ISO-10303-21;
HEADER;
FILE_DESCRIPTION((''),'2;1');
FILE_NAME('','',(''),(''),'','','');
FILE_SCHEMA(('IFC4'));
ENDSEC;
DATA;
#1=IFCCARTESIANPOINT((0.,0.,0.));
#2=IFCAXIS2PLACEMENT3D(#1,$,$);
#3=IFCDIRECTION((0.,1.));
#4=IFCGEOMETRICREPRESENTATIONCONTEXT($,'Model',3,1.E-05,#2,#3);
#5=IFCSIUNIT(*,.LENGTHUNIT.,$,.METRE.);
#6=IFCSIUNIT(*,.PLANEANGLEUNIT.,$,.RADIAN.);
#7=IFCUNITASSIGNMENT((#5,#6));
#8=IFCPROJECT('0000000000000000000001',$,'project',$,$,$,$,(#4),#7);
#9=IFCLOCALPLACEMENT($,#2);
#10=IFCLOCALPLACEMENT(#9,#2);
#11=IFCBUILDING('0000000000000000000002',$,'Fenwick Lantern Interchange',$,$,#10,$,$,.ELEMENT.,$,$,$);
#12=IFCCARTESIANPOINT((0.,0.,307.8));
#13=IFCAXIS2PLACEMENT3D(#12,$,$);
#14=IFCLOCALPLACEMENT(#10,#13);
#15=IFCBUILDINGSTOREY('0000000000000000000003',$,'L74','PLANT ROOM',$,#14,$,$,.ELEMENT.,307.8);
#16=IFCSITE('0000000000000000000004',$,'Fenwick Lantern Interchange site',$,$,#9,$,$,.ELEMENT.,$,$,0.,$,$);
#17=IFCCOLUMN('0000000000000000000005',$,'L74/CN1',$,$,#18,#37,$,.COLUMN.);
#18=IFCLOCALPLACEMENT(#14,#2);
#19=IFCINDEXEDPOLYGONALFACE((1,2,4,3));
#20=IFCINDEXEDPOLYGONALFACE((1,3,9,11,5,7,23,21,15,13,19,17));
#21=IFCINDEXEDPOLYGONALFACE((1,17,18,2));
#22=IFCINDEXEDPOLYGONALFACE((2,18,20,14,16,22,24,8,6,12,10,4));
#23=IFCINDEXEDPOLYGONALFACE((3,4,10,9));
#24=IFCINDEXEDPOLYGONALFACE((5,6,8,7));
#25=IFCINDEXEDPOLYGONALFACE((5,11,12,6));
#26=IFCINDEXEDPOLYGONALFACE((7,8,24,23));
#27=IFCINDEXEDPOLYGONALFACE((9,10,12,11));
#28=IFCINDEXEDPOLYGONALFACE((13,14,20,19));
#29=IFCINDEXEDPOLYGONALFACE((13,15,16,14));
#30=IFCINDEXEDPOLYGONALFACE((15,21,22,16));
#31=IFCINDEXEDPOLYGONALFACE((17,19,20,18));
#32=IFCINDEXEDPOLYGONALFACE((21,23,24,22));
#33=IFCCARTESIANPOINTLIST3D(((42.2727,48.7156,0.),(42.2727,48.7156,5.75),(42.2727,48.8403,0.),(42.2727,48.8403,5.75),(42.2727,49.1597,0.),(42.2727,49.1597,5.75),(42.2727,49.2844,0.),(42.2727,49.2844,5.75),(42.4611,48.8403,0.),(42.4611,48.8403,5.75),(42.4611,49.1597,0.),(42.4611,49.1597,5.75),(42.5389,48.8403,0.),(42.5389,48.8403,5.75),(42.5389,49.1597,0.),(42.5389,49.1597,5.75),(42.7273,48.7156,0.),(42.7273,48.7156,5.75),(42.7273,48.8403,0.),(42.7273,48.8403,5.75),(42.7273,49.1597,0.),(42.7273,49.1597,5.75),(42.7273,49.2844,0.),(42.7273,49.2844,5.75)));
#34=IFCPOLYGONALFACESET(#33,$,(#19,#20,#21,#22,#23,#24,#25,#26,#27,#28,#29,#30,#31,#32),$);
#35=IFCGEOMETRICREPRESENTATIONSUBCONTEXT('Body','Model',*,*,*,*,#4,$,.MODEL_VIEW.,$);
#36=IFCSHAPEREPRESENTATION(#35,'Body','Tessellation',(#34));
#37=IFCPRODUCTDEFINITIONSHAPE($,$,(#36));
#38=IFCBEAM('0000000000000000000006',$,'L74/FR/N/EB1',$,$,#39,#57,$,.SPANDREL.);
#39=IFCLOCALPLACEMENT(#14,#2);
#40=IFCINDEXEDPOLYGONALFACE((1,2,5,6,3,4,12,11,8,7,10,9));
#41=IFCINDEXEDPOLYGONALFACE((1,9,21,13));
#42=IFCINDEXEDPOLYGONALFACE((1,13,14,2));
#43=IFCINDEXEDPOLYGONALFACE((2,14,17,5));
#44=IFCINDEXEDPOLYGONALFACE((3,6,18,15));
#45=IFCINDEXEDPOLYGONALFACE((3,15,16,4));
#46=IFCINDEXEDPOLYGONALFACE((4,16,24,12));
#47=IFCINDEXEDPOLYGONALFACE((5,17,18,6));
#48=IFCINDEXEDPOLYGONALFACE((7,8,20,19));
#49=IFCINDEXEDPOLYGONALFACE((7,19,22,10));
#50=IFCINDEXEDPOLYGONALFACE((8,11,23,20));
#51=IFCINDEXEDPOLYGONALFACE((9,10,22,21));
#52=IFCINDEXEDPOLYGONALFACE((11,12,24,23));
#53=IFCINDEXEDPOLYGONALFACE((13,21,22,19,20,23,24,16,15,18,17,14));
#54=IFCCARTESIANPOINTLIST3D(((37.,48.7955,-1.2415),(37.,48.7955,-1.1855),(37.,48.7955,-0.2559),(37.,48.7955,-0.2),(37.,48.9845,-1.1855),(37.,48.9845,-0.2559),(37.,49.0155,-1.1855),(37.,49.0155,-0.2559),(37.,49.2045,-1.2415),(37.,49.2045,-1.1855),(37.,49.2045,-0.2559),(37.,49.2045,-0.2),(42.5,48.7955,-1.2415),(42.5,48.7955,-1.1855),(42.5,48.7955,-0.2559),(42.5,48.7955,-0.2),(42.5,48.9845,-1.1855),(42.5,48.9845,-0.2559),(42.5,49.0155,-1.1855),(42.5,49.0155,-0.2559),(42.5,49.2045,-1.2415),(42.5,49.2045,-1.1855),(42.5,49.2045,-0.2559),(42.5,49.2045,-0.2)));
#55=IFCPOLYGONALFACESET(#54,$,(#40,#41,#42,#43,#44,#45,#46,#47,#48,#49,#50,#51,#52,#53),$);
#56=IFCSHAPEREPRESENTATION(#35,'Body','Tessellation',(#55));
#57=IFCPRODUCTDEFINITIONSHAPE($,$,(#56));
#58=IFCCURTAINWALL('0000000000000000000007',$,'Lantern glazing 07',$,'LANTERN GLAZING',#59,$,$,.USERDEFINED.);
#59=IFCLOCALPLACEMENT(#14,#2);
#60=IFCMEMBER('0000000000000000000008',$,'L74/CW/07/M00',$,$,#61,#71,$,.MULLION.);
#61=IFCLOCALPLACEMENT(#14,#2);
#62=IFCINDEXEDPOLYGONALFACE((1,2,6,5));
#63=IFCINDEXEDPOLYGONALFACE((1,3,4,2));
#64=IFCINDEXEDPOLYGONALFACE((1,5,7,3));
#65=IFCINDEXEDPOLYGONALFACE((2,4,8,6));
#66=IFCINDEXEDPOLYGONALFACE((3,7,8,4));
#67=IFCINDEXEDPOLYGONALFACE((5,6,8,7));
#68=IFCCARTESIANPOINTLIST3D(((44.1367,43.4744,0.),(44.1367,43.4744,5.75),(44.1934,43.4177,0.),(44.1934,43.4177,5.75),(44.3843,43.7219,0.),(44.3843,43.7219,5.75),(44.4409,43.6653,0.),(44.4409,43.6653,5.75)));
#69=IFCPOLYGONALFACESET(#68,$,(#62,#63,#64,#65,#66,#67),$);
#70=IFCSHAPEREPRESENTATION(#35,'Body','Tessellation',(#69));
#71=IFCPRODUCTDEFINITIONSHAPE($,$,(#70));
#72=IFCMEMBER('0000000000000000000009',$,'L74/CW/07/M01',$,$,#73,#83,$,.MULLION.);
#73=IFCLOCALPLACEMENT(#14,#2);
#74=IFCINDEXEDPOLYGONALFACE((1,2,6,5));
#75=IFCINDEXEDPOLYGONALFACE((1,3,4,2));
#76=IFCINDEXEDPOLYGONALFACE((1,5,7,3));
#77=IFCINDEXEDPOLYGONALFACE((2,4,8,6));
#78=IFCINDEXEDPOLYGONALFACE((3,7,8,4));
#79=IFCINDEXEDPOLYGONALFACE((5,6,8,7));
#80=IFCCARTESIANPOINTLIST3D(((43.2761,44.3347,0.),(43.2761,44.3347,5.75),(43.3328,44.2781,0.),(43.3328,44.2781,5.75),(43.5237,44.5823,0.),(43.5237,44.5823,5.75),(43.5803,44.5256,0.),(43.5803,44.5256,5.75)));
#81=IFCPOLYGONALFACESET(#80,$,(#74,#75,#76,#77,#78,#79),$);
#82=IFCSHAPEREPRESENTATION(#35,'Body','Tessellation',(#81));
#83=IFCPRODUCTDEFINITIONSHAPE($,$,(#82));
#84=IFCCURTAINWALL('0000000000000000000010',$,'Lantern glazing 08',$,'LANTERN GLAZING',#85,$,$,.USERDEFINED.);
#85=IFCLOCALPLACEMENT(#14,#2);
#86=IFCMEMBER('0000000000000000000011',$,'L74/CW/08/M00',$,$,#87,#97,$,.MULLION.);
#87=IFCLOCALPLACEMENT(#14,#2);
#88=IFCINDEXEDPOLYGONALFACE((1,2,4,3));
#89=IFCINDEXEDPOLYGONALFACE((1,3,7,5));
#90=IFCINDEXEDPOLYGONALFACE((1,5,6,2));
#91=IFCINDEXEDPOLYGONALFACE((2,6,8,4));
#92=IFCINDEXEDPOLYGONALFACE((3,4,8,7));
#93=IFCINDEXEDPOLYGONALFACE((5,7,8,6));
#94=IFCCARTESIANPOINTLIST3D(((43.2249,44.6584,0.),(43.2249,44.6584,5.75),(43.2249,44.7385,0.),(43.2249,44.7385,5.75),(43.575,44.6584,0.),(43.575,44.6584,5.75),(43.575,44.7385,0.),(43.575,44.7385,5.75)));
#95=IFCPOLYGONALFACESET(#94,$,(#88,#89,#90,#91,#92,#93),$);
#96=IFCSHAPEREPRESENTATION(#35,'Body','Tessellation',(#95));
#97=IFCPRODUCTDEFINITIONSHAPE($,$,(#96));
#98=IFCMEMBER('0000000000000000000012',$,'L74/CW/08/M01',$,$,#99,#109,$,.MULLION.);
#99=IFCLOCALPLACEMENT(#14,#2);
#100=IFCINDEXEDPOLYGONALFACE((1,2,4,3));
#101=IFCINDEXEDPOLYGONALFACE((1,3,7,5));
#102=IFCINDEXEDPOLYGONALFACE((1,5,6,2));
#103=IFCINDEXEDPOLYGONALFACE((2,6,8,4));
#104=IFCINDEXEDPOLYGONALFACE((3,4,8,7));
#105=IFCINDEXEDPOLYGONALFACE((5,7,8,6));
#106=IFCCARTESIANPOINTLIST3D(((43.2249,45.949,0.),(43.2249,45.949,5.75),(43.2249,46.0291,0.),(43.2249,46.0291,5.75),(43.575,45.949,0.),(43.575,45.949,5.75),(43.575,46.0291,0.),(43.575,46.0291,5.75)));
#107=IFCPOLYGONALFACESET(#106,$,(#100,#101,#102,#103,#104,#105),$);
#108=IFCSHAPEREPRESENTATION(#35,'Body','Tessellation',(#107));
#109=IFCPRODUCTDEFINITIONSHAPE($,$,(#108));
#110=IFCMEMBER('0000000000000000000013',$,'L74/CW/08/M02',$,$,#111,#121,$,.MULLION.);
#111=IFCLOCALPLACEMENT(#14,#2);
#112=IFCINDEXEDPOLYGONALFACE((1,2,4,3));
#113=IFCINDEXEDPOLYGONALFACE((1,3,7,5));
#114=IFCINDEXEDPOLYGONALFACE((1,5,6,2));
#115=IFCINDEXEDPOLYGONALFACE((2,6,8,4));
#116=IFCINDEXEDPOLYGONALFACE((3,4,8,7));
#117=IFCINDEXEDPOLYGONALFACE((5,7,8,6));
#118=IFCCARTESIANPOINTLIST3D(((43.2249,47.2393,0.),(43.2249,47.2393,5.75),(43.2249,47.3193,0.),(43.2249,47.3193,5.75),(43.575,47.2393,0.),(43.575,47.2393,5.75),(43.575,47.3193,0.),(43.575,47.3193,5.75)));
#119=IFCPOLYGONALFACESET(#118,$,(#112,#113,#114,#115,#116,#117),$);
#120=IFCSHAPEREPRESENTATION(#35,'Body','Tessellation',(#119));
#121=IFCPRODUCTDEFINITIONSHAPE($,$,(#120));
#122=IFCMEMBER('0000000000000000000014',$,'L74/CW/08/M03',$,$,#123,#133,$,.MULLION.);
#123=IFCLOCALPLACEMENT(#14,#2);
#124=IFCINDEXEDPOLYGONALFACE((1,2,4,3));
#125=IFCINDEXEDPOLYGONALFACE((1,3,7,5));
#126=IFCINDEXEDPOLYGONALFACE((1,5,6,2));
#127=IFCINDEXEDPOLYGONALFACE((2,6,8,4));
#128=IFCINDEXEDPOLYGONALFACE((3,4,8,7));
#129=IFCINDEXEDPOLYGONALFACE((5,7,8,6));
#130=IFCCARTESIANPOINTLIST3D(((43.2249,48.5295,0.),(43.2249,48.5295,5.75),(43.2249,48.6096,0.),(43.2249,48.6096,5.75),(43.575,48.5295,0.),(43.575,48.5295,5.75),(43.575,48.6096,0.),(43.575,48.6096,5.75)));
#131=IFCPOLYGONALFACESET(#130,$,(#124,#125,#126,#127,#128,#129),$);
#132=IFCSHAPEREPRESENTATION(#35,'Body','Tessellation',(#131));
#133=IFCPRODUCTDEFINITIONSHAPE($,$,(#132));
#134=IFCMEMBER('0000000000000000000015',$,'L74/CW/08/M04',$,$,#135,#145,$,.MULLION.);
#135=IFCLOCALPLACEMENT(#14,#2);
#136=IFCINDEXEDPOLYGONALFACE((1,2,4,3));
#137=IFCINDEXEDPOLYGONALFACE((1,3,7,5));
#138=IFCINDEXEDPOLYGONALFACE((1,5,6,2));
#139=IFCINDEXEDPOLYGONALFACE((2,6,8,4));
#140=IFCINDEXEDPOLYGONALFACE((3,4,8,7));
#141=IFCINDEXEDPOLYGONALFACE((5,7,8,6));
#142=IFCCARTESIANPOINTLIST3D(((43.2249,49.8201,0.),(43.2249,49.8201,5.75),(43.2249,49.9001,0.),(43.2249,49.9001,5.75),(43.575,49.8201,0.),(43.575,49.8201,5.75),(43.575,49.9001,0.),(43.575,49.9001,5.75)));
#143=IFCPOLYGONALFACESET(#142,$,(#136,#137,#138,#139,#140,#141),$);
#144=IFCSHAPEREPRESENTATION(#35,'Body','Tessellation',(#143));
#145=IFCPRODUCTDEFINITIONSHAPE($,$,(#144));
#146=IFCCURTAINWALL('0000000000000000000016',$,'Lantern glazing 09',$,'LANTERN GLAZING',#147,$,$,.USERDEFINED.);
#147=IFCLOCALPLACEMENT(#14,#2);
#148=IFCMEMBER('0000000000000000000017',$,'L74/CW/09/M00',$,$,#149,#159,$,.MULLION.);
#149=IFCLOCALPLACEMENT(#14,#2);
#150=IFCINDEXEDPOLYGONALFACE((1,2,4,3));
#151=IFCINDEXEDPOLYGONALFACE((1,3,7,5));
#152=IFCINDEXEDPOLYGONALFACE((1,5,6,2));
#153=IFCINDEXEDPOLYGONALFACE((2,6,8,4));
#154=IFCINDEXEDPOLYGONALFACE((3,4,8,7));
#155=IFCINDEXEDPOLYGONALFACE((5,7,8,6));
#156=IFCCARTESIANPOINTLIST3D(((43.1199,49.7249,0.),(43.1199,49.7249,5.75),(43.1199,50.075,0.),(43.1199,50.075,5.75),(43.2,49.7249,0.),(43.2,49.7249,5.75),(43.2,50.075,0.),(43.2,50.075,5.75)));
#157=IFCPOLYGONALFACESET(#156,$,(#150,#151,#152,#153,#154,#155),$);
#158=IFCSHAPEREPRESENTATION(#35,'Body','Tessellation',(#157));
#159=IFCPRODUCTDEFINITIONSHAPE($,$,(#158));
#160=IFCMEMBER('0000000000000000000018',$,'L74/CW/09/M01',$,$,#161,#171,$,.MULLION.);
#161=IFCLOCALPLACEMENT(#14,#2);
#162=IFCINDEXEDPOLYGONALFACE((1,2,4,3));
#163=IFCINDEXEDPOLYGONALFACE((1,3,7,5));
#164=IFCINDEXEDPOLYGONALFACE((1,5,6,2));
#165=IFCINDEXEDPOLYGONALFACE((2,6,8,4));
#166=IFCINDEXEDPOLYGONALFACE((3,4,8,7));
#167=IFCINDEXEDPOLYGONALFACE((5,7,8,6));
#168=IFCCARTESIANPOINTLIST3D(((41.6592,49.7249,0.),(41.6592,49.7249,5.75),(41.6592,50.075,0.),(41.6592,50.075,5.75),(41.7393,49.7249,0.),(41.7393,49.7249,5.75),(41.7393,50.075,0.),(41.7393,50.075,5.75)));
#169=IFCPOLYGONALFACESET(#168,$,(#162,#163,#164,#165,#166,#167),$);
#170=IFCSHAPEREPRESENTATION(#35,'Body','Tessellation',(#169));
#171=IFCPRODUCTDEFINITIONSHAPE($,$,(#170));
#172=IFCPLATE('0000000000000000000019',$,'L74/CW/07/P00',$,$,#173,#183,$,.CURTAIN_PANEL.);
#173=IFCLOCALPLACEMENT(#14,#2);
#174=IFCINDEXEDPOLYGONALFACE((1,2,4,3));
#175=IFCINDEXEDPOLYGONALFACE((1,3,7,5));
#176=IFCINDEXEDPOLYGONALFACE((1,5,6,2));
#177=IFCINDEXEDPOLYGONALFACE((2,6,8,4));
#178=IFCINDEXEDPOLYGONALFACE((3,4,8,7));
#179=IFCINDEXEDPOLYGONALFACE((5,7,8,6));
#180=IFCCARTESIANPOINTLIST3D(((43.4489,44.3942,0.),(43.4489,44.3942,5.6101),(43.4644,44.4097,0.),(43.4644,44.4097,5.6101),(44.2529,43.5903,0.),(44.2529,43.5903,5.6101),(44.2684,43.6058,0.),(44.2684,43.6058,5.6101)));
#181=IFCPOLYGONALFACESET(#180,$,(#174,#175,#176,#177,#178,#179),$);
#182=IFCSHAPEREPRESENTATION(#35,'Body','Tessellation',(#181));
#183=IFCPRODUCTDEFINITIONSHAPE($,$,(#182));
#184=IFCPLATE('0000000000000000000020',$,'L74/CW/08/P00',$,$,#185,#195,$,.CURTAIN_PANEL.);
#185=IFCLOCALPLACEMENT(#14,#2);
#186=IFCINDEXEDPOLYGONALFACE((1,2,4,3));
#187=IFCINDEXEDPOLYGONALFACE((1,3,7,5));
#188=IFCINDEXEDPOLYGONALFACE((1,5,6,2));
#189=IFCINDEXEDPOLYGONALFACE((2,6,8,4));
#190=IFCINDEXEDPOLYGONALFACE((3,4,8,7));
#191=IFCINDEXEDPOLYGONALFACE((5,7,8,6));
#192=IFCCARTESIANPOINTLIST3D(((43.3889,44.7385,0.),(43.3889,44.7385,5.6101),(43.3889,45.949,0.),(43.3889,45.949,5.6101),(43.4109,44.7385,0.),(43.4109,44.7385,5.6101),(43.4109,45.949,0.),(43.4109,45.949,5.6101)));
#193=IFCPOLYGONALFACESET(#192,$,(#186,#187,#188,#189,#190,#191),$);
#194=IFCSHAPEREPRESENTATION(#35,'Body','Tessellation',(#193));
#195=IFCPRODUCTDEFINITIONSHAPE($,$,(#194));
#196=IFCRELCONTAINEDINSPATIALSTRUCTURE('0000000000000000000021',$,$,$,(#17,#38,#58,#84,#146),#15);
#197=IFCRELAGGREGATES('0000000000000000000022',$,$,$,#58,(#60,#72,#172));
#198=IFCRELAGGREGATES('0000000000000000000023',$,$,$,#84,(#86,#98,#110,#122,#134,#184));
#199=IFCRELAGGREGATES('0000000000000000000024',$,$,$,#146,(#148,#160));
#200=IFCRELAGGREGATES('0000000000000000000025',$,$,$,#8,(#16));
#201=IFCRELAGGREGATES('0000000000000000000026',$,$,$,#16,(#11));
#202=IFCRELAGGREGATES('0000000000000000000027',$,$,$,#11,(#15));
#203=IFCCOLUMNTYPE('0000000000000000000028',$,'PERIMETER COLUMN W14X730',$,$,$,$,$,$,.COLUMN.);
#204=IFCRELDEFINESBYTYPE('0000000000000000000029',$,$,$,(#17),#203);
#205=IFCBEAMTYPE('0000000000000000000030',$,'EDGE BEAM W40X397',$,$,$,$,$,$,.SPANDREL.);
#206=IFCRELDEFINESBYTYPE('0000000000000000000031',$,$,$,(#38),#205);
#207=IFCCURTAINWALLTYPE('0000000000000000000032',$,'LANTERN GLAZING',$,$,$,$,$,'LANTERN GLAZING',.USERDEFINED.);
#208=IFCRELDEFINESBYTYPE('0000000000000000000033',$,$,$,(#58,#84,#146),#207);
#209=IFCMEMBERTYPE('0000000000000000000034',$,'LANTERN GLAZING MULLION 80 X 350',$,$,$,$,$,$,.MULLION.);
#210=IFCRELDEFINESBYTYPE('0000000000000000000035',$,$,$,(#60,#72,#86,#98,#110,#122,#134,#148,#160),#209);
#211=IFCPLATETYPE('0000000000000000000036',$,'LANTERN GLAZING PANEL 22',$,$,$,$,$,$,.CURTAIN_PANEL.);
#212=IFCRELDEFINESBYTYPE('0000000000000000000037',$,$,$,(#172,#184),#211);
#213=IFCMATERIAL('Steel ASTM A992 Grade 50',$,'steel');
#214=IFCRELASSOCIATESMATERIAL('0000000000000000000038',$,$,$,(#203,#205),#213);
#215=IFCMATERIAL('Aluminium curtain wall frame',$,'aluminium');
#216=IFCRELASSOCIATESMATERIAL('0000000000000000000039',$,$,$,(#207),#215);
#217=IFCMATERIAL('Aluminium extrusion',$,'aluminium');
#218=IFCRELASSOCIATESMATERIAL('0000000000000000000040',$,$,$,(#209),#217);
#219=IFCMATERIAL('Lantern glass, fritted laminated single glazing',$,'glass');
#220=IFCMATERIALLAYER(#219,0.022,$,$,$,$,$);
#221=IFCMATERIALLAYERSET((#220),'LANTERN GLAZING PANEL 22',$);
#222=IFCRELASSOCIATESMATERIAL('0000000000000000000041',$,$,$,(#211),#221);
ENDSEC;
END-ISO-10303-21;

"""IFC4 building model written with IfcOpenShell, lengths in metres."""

from ifc_helpers import new_model, si_unit, direction, frame, origin, origin_2d, place, context, subcontext, project, spatial, rectangle, i_section, extrude, material, layer, layer_set, material_profile, profile_set, type_object, element, aggregate, save


model = new_model("IFC4")

# Units and contexts
model_context = context("Model", 3, precision=1e-05, world=origin(), true_north=direction((0.0, 1.0)))
body_context = subcontext(model_context, "Body", "Model", "MODEL_VIEW")
ifc_project = project(units=[si_unit("LENGTHUNIT", "METRE"), si_unit("PLANEANGLEUNIT", "RADIAN")], contexts=[model_context])

# Site, building, storey
site_placement = place(None, origin())
site = spatial("IfcSite", under=ifc_project, at=site_placement, Name="Fenwick Lantern Interchange site", CompositionType="ELEMENT", RefElevation=0.0)
building_placement = place(site_placement, origin())
building = spatial("IfcBuilding", under=site, at=building_placement, Name="Fenwick Lantern Interchange", CompositionType="ELEMENT")
storey_placement = place(building_placement, frame((0.0, 0.0, 307.8)))
storey = spatial("IfcBuildingStorey", under=building, at=storey_placement, Name="L74", Description="PLANT ROOM", CompositionType="ELEMENT", Elevation=307.8)

# Column
ifc_material_1 = material(Name="Steel ASTM A992 Grade 50", Category="steel")
ifc_material_profile_1 = material_profile(ifc_material_1, i_section(OverallWidth=0.4546, OverallDepth=0.5688, WebThickness=0.0779, FlangeThickness=0.1248, at=origin_2d()), Name="W14X730")
ifc_profile_set_1 = profile_set([ifc_material_profile_1], Name="Steel ASTM A992 Grade 50")
column_type = type_object("IfcColumnType", Name="PERIMETER COLUMN W14X730", PredefinedType="COLUMN", material=ifc_profile_set_1)
column_placement = place(storey_placement, frame((42.5, 49.0, 0.0), z_axis=(0.0, 0.0, 1.0), x_axis=(1.0, 0.0, 0.0)))
element("IfcColumn", 1, at=column_placement, inside=storey, type_object=column_type, Name="L74/CN1", PredefinedType="COLUMN", context=body_context, shape_type="SweptSolid", body=[
    extrude(i_section(OverallWidth=0.4546, OverallDepth=0.5688, WebThickness=0.0779, FlangeThickness=0.1248, at=origin_2d()), origin(), (0.0, 0.0, 1.0), 5.75),
])

# Beam
ifc_material_profile_2 = material_profile(ifc_material_1, i_section(OverallWidth=0.4089, OverallDepth=1.0415, WebThickness=0.031, FlangeThickness=0.0559, at=origin_2d()), Name="W40X397")
ifc_profile_set_2 = profile_set([ifc_material_profile_2], Name="Steel ASTM A992 Grade 50")
beam_type = type_object("IfcBeamType", Name="EDGE BEAM W40X397", PredefinedType="SPANDREL", material=ifc_profile_set_2)
beam_placement = place(storey_placement, frame((42.5, 49.0, -0.7207), z_axis=(-1.0, 0.0, 0.0), x_axis=(0.0, -1.0, 0.0)))
element("IfcBeam", 2, at=beam_placement, inside=storey, type_object=beam_type, Name="L74/FR/N/EB1", PredefinedType="SPANDREL", context=body_context, shape_type="SweptSolid", body=[
    extrude(i_section(OverallWidth=0.4089, OverallDepth=1.0415, WebThickness=0.031, FlangeThickness=0.0559, at=origin_2d()), origin(), (0.0, 0.0, 1.0), 5.5),
])

# Curtain walls, members
ifc_material_2 = material(Name="Aluminium curtain wall frame", Category="aluminium")
curtain_wall_type = type_object("IfcCurtainWallType", Name="LANTERN GLAZING", ElementType="LANTERN GLAZING", PredefinedType="USERDEFINED", material=ifc_material_2)
curtain_wall_1_placement = place(storey_placement, origin())
curtain_wall_1 = element("IfcCurtainWall", 3, at=curtain_wall_1_placement, inside=storey, type_object=curtain_wall_type, Name="Lantern glazing 07", ObjectType="LANTERN GLAZING", PredefinedType="USERDEFINED")
ifc_material_3 = material(Name="Aluminium extrusion", Category="aluminium")
ifc_material_profile_3 = material_profile(ifc_material_3, rectangle(XDim=0.3501, YDim=0.0801, at=origin_2d()), Name="LANTERN GLAZING MULLION 80 X 350")
ifc_profile_set_3 = profile_set([ifc_material_profile_3], Name="Aluminium extrusion")
member_type = type_object("IfcMemberType", Name="LANTERN GLAZING MULLION 80 X 350", PredefinedType="MULLION", material=ifc_profile_set_3)
member_1_placement = place(storey_placement, frame((44.2888, 43.5698, 0.0), z_axis=(0.0, 0.0, 1.0), x_axis=(-0.707107, -0.707107, 0.0)))
member_1 = element("IfcMember", 4, at=member_1_placement, type_object=member_type, Name="L74/CW/07/M00", PredefinedType="MULLION", context=body_context, shape_type="SweptSolid", body=[
    extrude(rectangle(XDim=0.3501, YDim=0.0801, at=origin_2d()), origin(), (0.0, 0.0, 1.0), 5.75),
])
member_2_placement = place(storey_placement, frame((43.4282, 44.4302, 0.0), z_axis=(0.0, 0.0, 1.0), x_axis=(-0.707107, -0.707107, 0.0)))
member_2 = element("IfcMember", 5, at=member_2_placement, type_object=member_type, Name="L74/CW/07/M01", PredefinedType="MULLION", context=body_context, shape_type="SweptSolid", body=[
    extrude(rectangle(XDim=0.3501, YDim=0.0801, at=origin_2d()), origin(), (0.0, 0.0, 1.0), 5.75),
])
curtain_wall_2_placement = place(storey_placement, origin())
curtain_wall_2 = element("IfcCurtainWall", 6, at=curtain_wall_2_placement, inside=storey, type_object=curtain_wall_type, Name="Lantern glazing 08", ObjectType="LANTERN GLAZING", PredefinedType="USERDEFINED")
member_3_placement = place(storey_placement, frame((43.3999, 44.6985, 0.0), z_axis=(0.0, 0.0, 1.0), x_axis=(-1.0, 0.0, 0.0)))
member_3 = element("IfcMember", 7, at=member_3_placement, type_object=member_type, Name="L74/CW/08/M00", PredefinedType="MULLION", context=body_context, shape_type="SweptSolid", body=[
    extrude(rectangle(XDim=0.3501, YDim=0.0801, at=origin_2d()), origin(), (0.0, 0.0, 1.0), 5.75),
])
member_4_placement = place(storey_placement, frame((43.3999, 45.989, 0.0), z_axis=(0.0, 0.0, 1.0), x_axis=(-1.0, 0.0, 0.0)))
member_4 = element("IfcMember", 8, at=member_4_placement, type_object=member_type, Name="L74/CW/08/M01", PredefinedType="MULLION", context=body_context, shape_type="SweptSolid", body=[
    extrude(rectangle(XDim=0.3501, YDim=0.0801, at=origin_2d()), origin(), (0.0, 0.0, 1.0), 5.75),
])
member_5_placement = place(storey_placement, frame((43.3999, 47.2793, 0.0), z_axis=(0.0, 0.0, 1.0), x_axis=(-1.0, 0.0, 0.0)))
member_5 = element("IfcMember", 9, at=member_5_placement, type_object=member_type, Name="L74/CW/08/M02", PredefinedType="MULLION", context=body_context, shape_type="SweptSolid", body=[
    extrude(rectangle(XDim=0.3501, YDim=0.0801, at=origin_2d()), origin(), (0.0, 0.0, 1.0), 5.75),
])
member_6_placement = place(storey_placement, frame((43.3999, 48.5696, 0.0), z_axis=(0.0, 0.0, 1.0), x_axis=(-1.0, 0.0, 0.0)))
member_6 = element("IfcMember", 10, at=member_6_placement, type_object=member_type, Name="L74/CW/08/M03", PredefinedType="MULLION", context=body_context, shape_type="SweptSolid", body=[
    extrude(rectangle(XDim=0.3501, YDim=0.0801, at=origin_2d()), origin(), (0.0, 0.0, 1.0), 5.75),
])
member_7_placement = place(storey_placement, frame((43.3999, 49.8601, 0.0), z_axis=(0.0, 0.0, 1.0), x_axis=(-1.0, 0.0, 0.0)))
member_7 = element("IfcMember", 11, at=member_7_placement, type_object=member_type, Name="L74/CW/08/M04", PredefinedType="MULLION", context=body_context, shape_type="SweptSolid", body=[
    extrude(rectangle(XDim=0.3501, YDim=0.0801, at=origin_2d()), origin(), (0.0, 0.0, 1.0), 5.75),
])
curtain_wall_3_placement = place(storey_placement, origin())
curtain_wall_3 = element("IfcCurtainWall", 12, at=curtain_wall_3_placement, inside=storey, type_object=curtain_wall_type, Name="Lantern glazing 09", ObjectType="LANTERN GLAZING", PredefinedType="USERDEFINED")
member_8_placement = place(storey_placement, frame((43.1599, 49.8999, 0.0), z_axis=(0.0, 0.0, 1.0), x_axis=(0.0, -1.0, 0.0)))
member_8 = element("IfcMember", 13, at=member_8_placement, type_object=member_type, Name="L74/CW/09/M00", PredefinedType="MULLION", context=body_context, shape_type="SweptSolid", body=[
    extrude(rectangle(XDim=0.3501, YDim=0.0801, at=origin_2d()), origin(), (0.0, 0.0, 1.0), 5.75),
])
member_9_placement = place(storey_placement, frame((41.6992, 49.8999, 0.0), z_axis=(0.0, 0.0, 1.0), x_axis=(0.0, -1.0, 0.0)))
member_9 = element("IfcMember", 14, at=member_9_placement, type_object=member_type, Name="L74/CW/09/M01", PredefinedType="MULLION", context=body_context, shape_type="SweptSolid", body=[
    extrude(rectangle(XDim=0.3501, YDim=0.0801, at=origin_2d()), origin(), (0.0, 0.0, 1.0), 5.75),
])

# Plates
ifc_material_4 = material(Name="Lantern glass, fritted laminated single glazing", Category="glass")
ifc_layer_1 = layer(ifc_material_4, 0.022)
ifc_layer_set_1 = layer_set([ifc_layer_1], Name="LANTERN GLAZING PANEL 22")
plate_type = type_object("IfcPlateType", Name="LANTERN GLAZING PANEL 22", PredefinedType="CURTAIN_PANEL", material=ifc_layer_set_1)
plate_1_placement = place(storey_placement, frame((43.8586, 44.0, 0.0), z_axis=(0.0, 0.0, 1.0), x_axis=(-0.707107, 0.707107, 0.0)))
plate_1 = element("IfcPlate", 15, at=plate_1_placement, type_object=plate_type, Name="L74/CW/07/P00", PredefinedType="CURTAIN_PANEL", context=body_context, shape_type="SweptSolid", body=[
    extrude(rectangle(XDim=1.137, YDim=0.022, at=origin_2d()), origin(), (0.0, 0.0, 1.0), 5.6101),
])
aggregate(curtain_wall_1, [member_1, member_2, plate_1])
plate_2_placement = place(storey_placement, frame((43.3999, 45.3438, 0.0), z_axis=(0.0, 0.0, 1.0), x_axis=(0.0, 1.0, 0.0)))
plate_2 = element("IfcPlate", 16, at=plate_2_placement, type_object=plate_type, Name="L74/CW/08/P00", PredefinedType="CURTAIN_PANEL", context=body_context, shape_type="SweptSolid", body=[
    extrude(rectangle(XDim=1.2104, YDim=0.022, at=origin_2d()), origin(), (0.0, 0.0, 1.0), 5.6101),
])
aggregate(curtain_wall_2, [member_3, member_4, member_5, member_6, member_7, plate_2])
aggregate(curtain_wall_3, [member_8, member_9])

save(model, "model.ifc")
